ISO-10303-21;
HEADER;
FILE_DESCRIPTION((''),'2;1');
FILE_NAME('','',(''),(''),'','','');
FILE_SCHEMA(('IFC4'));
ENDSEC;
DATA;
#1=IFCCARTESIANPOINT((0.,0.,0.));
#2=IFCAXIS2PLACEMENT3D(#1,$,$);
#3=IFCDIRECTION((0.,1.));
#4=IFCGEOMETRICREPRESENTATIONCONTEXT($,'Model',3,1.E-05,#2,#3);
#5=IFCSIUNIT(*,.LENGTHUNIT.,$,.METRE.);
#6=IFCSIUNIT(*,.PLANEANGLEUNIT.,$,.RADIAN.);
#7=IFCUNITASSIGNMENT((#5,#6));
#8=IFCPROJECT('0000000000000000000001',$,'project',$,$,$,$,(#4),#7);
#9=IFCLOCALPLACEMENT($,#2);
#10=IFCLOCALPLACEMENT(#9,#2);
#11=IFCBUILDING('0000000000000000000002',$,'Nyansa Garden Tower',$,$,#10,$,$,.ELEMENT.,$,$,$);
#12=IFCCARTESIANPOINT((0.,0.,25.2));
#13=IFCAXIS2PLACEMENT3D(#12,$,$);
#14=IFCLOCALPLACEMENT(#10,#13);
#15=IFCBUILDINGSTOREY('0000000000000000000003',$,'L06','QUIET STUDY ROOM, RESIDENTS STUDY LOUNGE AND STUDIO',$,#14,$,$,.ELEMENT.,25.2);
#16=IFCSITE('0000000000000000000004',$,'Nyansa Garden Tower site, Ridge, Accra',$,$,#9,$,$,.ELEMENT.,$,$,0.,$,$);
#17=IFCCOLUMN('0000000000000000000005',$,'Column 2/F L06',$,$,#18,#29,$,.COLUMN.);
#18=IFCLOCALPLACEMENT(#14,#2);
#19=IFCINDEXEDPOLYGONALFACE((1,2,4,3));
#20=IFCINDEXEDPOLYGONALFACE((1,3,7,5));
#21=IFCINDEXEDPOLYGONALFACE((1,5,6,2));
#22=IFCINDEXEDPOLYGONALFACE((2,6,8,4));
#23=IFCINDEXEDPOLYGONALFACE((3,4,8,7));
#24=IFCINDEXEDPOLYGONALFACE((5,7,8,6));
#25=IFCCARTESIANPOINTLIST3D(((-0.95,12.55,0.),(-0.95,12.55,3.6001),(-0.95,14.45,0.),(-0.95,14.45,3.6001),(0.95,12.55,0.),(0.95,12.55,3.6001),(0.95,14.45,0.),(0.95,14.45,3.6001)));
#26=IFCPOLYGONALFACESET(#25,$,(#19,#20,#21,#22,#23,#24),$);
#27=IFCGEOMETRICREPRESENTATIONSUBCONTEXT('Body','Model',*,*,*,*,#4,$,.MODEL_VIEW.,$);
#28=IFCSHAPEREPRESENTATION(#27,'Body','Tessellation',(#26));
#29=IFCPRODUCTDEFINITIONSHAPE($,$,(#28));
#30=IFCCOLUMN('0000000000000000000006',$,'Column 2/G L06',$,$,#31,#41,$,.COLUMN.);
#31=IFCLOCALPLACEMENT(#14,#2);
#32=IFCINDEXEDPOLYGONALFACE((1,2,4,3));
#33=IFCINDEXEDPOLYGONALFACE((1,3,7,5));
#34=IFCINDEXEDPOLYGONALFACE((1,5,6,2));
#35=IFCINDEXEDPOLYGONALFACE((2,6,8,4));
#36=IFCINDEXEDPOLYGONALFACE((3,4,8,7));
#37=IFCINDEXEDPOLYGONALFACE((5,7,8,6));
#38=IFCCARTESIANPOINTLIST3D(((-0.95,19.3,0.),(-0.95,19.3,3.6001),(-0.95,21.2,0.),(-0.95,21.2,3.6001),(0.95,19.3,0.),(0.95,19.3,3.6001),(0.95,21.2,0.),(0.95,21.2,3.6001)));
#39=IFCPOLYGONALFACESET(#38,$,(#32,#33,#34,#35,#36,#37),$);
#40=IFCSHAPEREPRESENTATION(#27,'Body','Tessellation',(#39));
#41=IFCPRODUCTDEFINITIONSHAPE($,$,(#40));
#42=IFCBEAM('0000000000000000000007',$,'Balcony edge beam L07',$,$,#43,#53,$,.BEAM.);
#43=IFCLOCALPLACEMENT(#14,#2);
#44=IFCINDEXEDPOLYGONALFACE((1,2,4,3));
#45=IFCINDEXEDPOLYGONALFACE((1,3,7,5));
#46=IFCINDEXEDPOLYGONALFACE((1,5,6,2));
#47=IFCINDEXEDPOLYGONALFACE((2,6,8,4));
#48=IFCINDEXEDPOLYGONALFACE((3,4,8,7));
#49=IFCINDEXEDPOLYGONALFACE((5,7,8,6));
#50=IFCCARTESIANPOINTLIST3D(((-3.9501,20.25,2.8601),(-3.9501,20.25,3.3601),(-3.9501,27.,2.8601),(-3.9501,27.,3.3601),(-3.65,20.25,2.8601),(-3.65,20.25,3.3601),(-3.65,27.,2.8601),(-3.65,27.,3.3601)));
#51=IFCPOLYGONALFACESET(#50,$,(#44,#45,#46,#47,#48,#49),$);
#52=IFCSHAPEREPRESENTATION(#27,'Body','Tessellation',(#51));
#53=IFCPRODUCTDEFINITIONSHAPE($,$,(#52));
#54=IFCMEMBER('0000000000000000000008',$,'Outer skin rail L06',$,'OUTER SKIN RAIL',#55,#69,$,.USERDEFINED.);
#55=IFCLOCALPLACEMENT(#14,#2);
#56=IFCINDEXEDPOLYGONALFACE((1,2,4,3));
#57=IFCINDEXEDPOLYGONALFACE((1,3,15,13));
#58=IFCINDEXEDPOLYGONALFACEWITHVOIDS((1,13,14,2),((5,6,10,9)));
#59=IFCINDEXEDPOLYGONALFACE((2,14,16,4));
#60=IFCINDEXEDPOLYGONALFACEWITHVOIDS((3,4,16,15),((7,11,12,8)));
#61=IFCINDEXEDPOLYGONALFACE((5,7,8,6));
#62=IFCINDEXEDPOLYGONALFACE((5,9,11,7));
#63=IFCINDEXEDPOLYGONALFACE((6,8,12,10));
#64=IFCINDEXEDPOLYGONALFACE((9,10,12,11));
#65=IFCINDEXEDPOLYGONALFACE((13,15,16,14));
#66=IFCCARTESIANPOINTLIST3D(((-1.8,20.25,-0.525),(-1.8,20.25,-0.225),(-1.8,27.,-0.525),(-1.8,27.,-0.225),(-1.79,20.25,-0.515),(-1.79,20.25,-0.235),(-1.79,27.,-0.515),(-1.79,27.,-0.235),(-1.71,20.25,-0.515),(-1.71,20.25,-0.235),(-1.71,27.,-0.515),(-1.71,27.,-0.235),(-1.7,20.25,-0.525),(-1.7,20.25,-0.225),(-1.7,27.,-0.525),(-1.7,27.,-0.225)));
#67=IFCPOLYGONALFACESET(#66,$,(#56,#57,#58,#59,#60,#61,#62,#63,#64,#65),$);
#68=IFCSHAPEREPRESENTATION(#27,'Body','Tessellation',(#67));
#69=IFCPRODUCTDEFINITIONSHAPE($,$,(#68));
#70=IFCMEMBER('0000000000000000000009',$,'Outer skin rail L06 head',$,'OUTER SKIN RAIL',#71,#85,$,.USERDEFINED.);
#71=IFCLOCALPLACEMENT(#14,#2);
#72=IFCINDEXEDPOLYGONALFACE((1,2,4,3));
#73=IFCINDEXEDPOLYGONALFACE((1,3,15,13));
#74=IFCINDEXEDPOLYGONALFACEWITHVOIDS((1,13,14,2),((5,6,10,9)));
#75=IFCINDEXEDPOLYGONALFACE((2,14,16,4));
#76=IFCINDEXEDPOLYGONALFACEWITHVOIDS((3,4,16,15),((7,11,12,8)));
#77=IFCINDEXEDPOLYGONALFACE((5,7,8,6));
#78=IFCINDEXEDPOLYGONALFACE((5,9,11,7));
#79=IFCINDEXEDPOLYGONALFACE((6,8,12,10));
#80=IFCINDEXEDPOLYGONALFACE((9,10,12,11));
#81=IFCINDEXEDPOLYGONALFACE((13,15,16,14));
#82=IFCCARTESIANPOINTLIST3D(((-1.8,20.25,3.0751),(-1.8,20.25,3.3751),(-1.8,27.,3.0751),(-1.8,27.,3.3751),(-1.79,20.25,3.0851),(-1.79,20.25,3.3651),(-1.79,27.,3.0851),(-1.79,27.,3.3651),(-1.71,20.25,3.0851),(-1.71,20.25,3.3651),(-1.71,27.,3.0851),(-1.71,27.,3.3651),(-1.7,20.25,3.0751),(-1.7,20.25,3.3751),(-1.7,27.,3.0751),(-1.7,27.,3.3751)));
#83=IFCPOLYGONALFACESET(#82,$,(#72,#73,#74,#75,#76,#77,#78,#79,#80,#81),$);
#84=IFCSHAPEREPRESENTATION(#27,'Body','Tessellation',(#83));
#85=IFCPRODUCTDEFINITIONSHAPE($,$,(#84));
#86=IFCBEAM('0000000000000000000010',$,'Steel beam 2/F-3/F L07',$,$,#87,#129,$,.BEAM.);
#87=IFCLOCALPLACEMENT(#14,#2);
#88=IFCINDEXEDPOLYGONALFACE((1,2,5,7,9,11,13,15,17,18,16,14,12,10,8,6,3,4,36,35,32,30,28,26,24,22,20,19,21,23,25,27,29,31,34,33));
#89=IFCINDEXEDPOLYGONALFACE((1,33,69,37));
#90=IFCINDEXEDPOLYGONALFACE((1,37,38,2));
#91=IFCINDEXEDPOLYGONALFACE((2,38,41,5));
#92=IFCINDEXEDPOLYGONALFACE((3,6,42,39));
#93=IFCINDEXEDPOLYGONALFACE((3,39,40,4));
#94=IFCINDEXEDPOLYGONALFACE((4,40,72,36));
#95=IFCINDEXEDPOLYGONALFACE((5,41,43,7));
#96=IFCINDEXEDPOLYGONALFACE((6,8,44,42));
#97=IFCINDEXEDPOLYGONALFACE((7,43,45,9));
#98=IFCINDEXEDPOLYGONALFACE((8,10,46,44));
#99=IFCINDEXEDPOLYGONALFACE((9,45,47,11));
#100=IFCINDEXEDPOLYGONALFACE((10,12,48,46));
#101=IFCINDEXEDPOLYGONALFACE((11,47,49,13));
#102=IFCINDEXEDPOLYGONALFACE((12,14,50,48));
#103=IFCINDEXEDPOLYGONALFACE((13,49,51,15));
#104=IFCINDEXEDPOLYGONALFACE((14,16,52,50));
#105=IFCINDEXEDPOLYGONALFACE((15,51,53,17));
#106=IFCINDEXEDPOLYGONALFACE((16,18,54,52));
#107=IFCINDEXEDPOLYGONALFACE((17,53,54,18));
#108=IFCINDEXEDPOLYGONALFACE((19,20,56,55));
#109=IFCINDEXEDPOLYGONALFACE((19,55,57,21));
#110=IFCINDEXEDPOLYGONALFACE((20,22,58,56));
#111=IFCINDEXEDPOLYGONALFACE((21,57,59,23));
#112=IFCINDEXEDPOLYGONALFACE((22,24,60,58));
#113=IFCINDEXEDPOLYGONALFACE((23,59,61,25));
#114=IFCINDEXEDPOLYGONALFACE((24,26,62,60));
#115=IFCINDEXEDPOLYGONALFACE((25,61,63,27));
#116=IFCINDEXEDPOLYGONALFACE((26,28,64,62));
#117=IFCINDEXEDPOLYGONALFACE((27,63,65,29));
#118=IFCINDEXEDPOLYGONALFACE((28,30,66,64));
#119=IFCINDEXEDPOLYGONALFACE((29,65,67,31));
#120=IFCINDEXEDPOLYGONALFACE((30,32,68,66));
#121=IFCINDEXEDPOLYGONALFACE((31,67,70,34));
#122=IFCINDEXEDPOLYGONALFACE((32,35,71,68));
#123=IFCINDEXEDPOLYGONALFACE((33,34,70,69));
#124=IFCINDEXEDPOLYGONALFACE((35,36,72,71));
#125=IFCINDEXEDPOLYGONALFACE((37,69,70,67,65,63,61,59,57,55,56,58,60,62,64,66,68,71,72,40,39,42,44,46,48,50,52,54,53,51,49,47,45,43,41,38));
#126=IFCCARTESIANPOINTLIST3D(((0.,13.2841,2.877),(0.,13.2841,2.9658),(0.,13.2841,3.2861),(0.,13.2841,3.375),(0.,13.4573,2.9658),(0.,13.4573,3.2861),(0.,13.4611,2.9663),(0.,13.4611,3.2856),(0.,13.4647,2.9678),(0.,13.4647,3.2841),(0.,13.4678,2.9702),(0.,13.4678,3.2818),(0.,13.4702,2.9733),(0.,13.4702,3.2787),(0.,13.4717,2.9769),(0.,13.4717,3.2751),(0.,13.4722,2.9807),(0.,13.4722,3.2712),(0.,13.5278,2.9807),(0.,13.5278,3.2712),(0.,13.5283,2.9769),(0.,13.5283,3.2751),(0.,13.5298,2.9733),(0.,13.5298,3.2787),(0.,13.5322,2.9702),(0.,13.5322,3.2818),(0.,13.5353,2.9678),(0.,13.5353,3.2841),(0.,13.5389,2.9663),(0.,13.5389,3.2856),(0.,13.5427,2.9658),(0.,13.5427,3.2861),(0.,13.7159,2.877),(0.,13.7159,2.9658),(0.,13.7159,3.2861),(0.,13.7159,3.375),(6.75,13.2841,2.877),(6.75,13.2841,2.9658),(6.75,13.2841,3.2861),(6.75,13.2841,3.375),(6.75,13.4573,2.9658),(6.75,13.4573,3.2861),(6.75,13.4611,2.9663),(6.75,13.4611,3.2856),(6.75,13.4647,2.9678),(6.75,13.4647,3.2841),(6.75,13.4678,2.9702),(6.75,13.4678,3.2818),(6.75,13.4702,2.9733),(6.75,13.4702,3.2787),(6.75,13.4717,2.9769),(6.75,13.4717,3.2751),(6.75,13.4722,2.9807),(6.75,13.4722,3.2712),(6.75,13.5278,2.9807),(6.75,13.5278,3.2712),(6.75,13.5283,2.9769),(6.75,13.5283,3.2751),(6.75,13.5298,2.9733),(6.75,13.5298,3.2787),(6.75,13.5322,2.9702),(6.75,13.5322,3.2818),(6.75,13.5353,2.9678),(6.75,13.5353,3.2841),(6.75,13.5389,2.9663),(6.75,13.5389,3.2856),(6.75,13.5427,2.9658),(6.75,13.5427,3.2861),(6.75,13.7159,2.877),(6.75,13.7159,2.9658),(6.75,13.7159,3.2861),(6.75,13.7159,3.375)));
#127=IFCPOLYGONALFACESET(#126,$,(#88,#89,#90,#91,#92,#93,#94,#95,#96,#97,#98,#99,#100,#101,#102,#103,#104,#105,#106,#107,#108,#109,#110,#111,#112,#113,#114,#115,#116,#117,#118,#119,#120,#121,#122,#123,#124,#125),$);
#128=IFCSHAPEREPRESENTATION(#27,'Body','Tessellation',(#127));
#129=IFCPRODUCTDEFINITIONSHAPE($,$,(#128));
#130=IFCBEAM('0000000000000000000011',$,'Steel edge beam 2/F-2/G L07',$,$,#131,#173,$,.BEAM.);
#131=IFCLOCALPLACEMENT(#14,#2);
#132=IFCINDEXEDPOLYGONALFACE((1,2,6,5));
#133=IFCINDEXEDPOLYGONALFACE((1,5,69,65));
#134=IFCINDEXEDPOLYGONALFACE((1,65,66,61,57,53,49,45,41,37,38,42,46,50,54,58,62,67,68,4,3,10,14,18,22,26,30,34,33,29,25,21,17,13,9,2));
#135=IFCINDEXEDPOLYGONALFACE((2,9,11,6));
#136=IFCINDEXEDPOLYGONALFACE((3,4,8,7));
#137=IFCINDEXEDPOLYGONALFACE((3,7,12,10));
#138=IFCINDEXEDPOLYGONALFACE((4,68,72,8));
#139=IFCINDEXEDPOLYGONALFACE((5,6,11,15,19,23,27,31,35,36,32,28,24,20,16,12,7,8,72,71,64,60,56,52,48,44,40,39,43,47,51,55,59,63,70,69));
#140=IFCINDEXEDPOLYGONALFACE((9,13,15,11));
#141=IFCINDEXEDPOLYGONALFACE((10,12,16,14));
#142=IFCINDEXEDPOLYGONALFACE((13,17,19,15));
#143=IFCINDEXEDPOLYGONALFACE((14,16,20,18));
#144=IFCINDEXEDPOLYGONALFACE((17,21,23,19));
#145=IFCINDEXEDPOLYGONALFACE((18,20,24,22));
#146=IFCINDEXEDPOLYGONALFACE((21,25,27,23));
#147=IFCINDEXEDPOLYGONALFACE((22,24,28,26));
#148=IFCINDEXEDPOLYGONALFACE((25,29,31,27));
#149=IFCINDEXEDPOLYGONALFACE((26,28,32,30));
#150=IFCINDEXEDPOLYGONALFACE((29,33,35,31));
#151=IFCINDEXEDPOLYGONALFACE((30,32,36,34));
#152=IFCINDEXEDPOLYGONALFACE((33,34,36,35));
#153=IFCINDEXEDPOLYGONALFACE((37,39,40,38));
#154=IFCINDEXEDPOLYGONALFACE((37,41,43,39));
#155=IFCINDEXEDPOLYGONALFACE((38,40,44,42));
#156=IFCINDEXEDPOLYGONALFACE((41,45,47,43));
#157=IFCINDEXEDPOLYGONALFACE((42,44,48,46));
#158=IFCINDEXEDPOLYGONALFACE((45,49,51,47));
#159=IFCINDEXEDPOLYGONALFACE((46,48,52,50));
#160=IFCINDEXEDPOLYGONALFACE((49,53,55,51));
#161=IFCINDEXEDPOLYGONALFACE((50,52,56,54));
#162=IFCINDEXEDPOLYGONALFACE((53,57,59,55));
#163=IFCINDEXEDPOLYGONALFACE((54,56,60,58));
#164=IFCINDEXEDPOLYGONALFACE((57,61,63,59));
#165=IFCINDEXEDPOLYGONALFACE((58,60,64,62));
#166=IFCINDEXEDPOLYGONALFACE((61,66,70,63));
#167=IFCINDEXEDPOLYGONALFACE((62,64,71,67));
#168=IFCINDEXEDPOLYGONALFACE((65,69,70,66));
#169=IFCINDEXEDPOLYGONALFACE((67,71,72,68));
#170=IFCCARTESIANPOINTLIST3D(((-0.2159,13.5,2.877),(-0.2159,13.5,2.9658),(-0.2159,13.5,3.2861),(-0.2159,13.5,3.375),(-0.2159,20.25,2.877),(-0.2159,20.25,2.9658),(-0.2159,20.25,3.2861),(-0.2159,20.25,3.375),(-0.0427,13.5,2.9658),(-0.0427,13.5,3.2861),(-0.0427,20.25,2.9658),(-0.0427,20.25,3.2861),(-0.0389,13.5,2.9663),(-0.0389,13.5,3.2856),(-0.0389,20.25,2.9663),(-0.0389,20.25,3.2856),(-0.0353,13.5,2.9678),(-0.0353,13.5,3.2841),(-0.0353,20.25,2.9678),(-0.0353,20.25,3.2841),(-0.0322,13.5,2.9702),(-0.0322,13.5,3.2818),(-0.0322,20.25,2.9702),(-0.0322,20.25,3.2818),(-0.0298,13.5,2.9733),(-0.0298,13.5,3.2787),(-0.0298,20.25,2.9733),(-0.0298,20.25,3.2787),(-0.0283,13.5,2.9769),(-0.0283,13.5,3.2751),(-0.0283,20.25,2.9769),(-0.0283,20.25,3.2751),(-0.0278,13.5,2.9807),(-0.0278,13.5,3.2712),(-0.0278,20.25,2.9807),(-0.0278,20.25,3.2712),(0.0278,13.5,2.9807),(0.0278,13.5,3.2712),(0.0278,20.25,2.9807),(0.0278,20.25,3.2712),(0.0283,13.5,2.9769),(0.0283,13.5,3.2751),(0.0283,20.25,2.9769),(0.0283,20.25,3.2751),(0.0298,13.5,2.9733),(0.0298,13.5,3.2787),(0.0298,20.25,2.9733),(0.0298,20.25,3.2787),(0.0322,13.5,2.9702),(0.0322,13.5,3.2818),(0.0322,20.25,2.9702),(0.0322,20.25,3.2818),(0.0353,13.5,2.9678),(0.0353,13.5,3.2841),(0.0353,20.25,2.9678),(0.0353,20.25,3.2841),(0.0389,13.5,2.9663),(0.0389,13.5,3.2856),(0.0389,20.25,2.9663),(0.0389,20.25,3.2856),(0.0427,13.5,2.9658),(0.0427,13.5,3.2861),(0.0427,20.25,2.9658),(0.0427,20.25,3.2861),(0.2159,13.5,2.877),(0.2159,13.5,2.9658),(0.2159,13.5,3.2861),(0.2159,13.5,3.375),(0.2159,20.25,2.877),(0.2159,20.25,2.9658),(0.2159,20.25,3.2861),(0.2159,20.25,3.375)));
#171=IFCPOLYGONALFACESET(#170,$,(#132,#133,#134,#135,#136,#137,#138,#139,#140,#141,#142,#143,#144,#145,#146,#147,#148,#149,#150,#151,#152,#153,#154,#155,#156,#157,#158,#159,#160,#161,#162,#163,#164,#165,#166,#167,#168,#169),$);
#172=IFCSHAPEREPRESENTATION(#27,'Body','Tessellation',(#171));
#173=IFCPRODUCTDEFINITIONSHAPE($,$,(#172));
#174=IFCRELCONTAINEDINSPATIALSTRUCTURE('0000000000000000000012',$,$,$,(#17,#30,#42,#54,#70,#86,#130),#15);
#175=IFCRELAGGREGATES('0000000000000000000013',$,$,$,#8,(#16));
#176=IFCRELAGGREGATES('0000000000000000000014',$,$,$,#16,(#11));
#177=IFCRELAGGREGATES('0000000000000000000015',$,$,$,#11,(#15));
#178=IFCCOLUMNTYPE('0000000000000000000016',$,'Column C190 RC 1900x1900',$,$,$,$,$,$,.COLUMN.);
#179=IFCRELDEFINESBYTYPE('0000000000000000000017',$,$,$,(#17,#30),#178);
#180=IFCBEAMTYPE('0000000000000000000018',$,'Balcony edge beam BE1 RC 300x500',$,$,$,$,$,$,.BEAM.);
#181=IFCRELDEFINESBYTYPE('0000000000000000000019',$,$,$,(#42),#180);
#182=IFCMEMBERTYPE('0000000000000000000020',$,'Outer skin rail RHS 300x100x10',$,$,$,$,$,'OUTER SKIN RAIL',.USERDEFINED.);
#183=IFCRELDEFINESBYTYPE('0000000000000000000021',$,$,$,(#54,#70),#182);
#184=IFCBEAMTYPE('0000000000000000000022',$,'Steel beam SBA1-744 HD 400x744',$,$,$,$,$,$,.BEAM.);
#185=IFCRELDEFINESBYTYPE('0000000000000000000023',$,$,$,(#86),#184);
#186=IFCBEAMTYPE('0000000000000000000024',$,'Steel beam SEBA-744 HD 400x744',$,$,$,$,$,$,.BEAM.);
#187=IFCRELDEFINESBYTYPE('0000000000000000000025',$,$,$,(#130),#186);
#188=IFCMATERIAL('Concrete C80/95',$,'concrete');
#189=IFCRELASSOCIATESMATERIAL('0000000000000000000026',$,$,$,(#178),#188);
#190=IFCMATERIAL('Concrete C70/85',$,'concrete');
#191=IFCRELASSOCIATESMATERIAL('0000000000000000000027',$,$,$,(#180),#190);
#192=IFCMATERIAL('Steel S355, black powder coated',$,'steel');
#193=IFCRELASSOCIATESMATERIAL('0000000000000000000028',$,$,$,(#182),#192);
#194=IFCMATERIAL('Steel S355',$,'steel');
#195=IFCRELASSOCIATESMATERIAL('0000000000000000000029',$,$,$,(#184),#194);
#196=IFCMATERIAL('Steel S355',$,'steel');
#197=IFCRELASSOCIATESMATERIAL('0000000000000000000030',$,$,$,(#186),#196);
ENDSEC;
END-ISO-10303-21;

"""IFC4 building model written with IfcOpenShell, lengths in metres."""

from ifc_helpers import new_model, si_unit, direction, frame, origin, origin_2d, place, context, subcontext, project, spatial, rectangle, hollow_rectangle, i_section, extrude, material, material_profile, profile_set, type_object, element, save


model = new_model("IFC4")

# Units and contexts
model_context = context("Model", 3, precision=1e-05, world=origin(), true_north=direction((0.0, 1.0)))
body_context = subcontext(model_context, "Body", "Model", "MODEL_VIEW")
ifc_project = project(units=[si_unit("LENGTHUNIT", "METRE"), si_unit("PLANEANGLEUNIT", "RADIAN")], contexts=[model_context])

# Site, building, storey
site_placement = place(None, origin())
site = spatial("IfcSite", under=ifc_project, at=site_placement, Name="Nyansa Garden Tower site, Ridge, Accra", CompositionType="ELEMENT", RefElevation=0.0)
building_placement = place(site_placement, origin())
building = spatial("IfcBuilding", under=site, at=building_placement, Name="Nyansa Garden Tower", CompositionType="ELEMENT")
storey_placement = place(building_placement, frame((0.0, 0.0, 25.2)))
storey = spatial("IfcBuildingStorey", under=building, at=storey_placement, Name="L06", Description="QUIET STUDY ROOM, RESIDENTS STUDY LOUNGE AND STUDIO", CompositionType="ELEMENT", Elevation=25.2)

# Columns
ifc_material_1 = material(Name="Concrete C80/95", Category="concrete")
ifc_material_profile_1 = material_profile(ifc_material_1, rectangle(XDim=1.8999, YDim=1.8999, at=origin_2d()), Name="RC 1900x1900")
ifc_profile_set_1 = profile_set([ifc_material_profile_1], Name="Concrete C80/95")
column_type = type_object("IfcColumnType", Name="Column C190 RC 1900x1900", PredefinedType="COLUMN", material=ifc_profile_set_1)
for number, where, z_axis, x_axis, name in (
    (1, (0.0, 13.5, 0.0), (0.0, 0.0, 1.0), (1.0, 0.0, 0.0), "Column 2/F L06"),
    (2, (0.0, 20.25, 0.0), (0.0, 0.0, 1.0), (1.0, 0.0, 0.0), "Column 2/G L06"),
):
    element("IfcColumn", number, at=place(storey_placement, frame(where, z_axis=z_axis, x_axis=x_axis)), inside=storey, type_object=column_type, Name=name, PredefinedType="COLUMN", context=body_context, shape_type="SweptSolid", body=[
        extrude(rectangle(XDim=1.8999, YDim=1.8999, at=origin_2d()), origin(), (0.0, 0.0, 1.0), 3.6001),
    ])

# Beam
ifc_material_2 = material(Name="Concrete C70/85", Category="concrete")
ifc_material_profile_2 = material_profile(ifc_material_2, rectangle(XDim=0.3, YDim=0.5, at=origin_2d()), Name="RC 300x500")
ifc_profile_set_2 = profile_set([ifc_material_profile_2], Name="Concrete C70/85")
beam_type_1 = type_object("IfcBeamType", Name="Balcony edge beam BE1 RC 300x500", PredefinedType="BEAM", material=ifc_profile_set_2)
beam_1_placement = place(storey_placement, frame((-3.8, 20.25, 3.1101), z_axis=(0.0, 1.0, 0.0), x_axis=(-1.0, 0.0, 0.0)))
element("IfcBeam", 3, at=beam_1_placement, inside=storey, type_object=beam_type_1, Name="Balcony edge beam L07", PredefinedType="BEAM", context=body_context, shape_type="SweptSolid", body=[
    extrude(rectangle(XDim=0.3, YDim=0.5, at=origin_2d()), origin(), (0.0, 0.0, 1.0), 6.75),
])

# Members
ifc_material_3 = material(Name="Steel S355, black powder coated", Category="steel")
ifc_material_profile_3 = material_profile(ifc_material_3, hollow_rectangle(XDim=0.1001, YDim=0.3, WallThickness=0.01, at=origin_2d()), Name="RHS 300x100x10")
ifc_profile_set_3 = profile_set([ifc_material_profile_3], Name="Steel S355, black powder coated")
member_type = type_object("IfcMemberType", Name="Outer skin rail RHS 300x100x10", ElementType="OUTER SKIN RAIL", PredefinedType="USERDEFINED", material=ifc_profile_set_3)
for number, where, z_axis, x_axis, name in (
    (4, (-1.75, 20.25, -0.375), (0.0, 1.0, 0.0), (-1.0, 0.0, 0.0), "Outer skin rail L06"),
    (5, (-1.75, 20.25, 3.2251), (0.0, 1.0, 0.0), (-1.0, 0.0, 0.0), "Outer skin rail L06 head"),
):
    element("IfcMember", number, at=place(storey_placement, frame(where, z_axis=z_axis, x_axis=x_axis)), inside=storey, type_object=member_type, Name=name, ObjectType="OUTER SKIN RAIL", PredefinedType="USERDEFINED", context=body_context, shape_type="SweptSolid", body=[
        extrude(hollow_rectangle(XDim=0.1001, YDim=0.3, WallThickness=0.01, at=origin_2d()), origin(), (0.0, 0.0, 1.0), 6.75),
    ])

# Beams
ifc_material_4 = material(Name="Steel S355", Category="steel")
ifc_material_profile_4 = material_profile(ifc_material_4, i_section(OverallWidth=0.4319, OverallDepth=0.498, WebThickness=0.0557, FlangeThickness=0.0889, FilletRadius=0.0149, at=origin_2d()), Name="HD 400x744")
ifc_profile_set_4 = profile_set([ifc_material_profile_4], Name="Steel S355")
beam_type_2 = type_object("IfcBeamType", Name="Steel beam SBA1-744 HD 400x744", PredefinedType="BEAM", material=ifc_profile_set_4)
beam_2_placement = place(storey_placement, frame((0.0, 13.5, 3.126), z_axis=(1.0, 0.0, 0.0), x_axis=(0.0, 1.0, 0.0)))
element("IfcBeam", 6, at=beam_2_placement, inside=storey, type_object=beam_type_2, Name="Steel beam 2/F-3/F L07", PredefinedType="BEAM", context=body_context, shape_type="SweptSolid", body=[
    extrude(i_section(OverallWidth=0.4319, OverallDepth=0.498, WebThickness=0.0557, FlangeThickness=0.0889, FilletRadius=0.0149, at=origin_2d()), origin(), (0.0, 0.0, 1.0), 6.75),
])
ifc_material_5 = material(Name="Steel S355", Category="steel")
ifc_material_profile_5 = material_profile(ifc_material_5, i_section(OverallWidth=0.4319, OverallDepth=0.498, WebThickness=0.0557, FlangeThickness=0.0889, FilletRadius=0.0149, at=origin_2d()), Name="HD 400x744")
ifc_profile_set_5 = profile_set([ifc_material_profile_5], Name="Steel S355")
beam_type_3 = type_object("IfcBeamType", Name="Steel beam SEBA-744 HD 400x744", PredefinedType="BEAM", material=ifc_profile_set_5)
for number, where, z_axis, x_axis, name in (
    (7, (0.0, 13.5, 3.126), (0.0, 1.0, 0.0), (-1.0, 0.0, 0.0), "Steel edge beam 2/F-2/G L07"),
):
    element("IfcBeam", number, at=place(storey_placement, frame(where, z_axis=z_axis, x_axis=x_axis)), inside=storey, type_object=beam_type_3, Name=name, PredefinedType="BEAM", context=body_context, shape_type="SweptSolid", body=[
        extrude(i_section(OverallWidth=0.4319, OverallDepth=0.498, WebThickness=0.0557, FlangeThickness=0.0889, FilletRadius=0.0149, at=origin_2d()), origin(), (0.0, 0.0, 1.0), 6.75),
    ])

save(model, "model.ifc")
